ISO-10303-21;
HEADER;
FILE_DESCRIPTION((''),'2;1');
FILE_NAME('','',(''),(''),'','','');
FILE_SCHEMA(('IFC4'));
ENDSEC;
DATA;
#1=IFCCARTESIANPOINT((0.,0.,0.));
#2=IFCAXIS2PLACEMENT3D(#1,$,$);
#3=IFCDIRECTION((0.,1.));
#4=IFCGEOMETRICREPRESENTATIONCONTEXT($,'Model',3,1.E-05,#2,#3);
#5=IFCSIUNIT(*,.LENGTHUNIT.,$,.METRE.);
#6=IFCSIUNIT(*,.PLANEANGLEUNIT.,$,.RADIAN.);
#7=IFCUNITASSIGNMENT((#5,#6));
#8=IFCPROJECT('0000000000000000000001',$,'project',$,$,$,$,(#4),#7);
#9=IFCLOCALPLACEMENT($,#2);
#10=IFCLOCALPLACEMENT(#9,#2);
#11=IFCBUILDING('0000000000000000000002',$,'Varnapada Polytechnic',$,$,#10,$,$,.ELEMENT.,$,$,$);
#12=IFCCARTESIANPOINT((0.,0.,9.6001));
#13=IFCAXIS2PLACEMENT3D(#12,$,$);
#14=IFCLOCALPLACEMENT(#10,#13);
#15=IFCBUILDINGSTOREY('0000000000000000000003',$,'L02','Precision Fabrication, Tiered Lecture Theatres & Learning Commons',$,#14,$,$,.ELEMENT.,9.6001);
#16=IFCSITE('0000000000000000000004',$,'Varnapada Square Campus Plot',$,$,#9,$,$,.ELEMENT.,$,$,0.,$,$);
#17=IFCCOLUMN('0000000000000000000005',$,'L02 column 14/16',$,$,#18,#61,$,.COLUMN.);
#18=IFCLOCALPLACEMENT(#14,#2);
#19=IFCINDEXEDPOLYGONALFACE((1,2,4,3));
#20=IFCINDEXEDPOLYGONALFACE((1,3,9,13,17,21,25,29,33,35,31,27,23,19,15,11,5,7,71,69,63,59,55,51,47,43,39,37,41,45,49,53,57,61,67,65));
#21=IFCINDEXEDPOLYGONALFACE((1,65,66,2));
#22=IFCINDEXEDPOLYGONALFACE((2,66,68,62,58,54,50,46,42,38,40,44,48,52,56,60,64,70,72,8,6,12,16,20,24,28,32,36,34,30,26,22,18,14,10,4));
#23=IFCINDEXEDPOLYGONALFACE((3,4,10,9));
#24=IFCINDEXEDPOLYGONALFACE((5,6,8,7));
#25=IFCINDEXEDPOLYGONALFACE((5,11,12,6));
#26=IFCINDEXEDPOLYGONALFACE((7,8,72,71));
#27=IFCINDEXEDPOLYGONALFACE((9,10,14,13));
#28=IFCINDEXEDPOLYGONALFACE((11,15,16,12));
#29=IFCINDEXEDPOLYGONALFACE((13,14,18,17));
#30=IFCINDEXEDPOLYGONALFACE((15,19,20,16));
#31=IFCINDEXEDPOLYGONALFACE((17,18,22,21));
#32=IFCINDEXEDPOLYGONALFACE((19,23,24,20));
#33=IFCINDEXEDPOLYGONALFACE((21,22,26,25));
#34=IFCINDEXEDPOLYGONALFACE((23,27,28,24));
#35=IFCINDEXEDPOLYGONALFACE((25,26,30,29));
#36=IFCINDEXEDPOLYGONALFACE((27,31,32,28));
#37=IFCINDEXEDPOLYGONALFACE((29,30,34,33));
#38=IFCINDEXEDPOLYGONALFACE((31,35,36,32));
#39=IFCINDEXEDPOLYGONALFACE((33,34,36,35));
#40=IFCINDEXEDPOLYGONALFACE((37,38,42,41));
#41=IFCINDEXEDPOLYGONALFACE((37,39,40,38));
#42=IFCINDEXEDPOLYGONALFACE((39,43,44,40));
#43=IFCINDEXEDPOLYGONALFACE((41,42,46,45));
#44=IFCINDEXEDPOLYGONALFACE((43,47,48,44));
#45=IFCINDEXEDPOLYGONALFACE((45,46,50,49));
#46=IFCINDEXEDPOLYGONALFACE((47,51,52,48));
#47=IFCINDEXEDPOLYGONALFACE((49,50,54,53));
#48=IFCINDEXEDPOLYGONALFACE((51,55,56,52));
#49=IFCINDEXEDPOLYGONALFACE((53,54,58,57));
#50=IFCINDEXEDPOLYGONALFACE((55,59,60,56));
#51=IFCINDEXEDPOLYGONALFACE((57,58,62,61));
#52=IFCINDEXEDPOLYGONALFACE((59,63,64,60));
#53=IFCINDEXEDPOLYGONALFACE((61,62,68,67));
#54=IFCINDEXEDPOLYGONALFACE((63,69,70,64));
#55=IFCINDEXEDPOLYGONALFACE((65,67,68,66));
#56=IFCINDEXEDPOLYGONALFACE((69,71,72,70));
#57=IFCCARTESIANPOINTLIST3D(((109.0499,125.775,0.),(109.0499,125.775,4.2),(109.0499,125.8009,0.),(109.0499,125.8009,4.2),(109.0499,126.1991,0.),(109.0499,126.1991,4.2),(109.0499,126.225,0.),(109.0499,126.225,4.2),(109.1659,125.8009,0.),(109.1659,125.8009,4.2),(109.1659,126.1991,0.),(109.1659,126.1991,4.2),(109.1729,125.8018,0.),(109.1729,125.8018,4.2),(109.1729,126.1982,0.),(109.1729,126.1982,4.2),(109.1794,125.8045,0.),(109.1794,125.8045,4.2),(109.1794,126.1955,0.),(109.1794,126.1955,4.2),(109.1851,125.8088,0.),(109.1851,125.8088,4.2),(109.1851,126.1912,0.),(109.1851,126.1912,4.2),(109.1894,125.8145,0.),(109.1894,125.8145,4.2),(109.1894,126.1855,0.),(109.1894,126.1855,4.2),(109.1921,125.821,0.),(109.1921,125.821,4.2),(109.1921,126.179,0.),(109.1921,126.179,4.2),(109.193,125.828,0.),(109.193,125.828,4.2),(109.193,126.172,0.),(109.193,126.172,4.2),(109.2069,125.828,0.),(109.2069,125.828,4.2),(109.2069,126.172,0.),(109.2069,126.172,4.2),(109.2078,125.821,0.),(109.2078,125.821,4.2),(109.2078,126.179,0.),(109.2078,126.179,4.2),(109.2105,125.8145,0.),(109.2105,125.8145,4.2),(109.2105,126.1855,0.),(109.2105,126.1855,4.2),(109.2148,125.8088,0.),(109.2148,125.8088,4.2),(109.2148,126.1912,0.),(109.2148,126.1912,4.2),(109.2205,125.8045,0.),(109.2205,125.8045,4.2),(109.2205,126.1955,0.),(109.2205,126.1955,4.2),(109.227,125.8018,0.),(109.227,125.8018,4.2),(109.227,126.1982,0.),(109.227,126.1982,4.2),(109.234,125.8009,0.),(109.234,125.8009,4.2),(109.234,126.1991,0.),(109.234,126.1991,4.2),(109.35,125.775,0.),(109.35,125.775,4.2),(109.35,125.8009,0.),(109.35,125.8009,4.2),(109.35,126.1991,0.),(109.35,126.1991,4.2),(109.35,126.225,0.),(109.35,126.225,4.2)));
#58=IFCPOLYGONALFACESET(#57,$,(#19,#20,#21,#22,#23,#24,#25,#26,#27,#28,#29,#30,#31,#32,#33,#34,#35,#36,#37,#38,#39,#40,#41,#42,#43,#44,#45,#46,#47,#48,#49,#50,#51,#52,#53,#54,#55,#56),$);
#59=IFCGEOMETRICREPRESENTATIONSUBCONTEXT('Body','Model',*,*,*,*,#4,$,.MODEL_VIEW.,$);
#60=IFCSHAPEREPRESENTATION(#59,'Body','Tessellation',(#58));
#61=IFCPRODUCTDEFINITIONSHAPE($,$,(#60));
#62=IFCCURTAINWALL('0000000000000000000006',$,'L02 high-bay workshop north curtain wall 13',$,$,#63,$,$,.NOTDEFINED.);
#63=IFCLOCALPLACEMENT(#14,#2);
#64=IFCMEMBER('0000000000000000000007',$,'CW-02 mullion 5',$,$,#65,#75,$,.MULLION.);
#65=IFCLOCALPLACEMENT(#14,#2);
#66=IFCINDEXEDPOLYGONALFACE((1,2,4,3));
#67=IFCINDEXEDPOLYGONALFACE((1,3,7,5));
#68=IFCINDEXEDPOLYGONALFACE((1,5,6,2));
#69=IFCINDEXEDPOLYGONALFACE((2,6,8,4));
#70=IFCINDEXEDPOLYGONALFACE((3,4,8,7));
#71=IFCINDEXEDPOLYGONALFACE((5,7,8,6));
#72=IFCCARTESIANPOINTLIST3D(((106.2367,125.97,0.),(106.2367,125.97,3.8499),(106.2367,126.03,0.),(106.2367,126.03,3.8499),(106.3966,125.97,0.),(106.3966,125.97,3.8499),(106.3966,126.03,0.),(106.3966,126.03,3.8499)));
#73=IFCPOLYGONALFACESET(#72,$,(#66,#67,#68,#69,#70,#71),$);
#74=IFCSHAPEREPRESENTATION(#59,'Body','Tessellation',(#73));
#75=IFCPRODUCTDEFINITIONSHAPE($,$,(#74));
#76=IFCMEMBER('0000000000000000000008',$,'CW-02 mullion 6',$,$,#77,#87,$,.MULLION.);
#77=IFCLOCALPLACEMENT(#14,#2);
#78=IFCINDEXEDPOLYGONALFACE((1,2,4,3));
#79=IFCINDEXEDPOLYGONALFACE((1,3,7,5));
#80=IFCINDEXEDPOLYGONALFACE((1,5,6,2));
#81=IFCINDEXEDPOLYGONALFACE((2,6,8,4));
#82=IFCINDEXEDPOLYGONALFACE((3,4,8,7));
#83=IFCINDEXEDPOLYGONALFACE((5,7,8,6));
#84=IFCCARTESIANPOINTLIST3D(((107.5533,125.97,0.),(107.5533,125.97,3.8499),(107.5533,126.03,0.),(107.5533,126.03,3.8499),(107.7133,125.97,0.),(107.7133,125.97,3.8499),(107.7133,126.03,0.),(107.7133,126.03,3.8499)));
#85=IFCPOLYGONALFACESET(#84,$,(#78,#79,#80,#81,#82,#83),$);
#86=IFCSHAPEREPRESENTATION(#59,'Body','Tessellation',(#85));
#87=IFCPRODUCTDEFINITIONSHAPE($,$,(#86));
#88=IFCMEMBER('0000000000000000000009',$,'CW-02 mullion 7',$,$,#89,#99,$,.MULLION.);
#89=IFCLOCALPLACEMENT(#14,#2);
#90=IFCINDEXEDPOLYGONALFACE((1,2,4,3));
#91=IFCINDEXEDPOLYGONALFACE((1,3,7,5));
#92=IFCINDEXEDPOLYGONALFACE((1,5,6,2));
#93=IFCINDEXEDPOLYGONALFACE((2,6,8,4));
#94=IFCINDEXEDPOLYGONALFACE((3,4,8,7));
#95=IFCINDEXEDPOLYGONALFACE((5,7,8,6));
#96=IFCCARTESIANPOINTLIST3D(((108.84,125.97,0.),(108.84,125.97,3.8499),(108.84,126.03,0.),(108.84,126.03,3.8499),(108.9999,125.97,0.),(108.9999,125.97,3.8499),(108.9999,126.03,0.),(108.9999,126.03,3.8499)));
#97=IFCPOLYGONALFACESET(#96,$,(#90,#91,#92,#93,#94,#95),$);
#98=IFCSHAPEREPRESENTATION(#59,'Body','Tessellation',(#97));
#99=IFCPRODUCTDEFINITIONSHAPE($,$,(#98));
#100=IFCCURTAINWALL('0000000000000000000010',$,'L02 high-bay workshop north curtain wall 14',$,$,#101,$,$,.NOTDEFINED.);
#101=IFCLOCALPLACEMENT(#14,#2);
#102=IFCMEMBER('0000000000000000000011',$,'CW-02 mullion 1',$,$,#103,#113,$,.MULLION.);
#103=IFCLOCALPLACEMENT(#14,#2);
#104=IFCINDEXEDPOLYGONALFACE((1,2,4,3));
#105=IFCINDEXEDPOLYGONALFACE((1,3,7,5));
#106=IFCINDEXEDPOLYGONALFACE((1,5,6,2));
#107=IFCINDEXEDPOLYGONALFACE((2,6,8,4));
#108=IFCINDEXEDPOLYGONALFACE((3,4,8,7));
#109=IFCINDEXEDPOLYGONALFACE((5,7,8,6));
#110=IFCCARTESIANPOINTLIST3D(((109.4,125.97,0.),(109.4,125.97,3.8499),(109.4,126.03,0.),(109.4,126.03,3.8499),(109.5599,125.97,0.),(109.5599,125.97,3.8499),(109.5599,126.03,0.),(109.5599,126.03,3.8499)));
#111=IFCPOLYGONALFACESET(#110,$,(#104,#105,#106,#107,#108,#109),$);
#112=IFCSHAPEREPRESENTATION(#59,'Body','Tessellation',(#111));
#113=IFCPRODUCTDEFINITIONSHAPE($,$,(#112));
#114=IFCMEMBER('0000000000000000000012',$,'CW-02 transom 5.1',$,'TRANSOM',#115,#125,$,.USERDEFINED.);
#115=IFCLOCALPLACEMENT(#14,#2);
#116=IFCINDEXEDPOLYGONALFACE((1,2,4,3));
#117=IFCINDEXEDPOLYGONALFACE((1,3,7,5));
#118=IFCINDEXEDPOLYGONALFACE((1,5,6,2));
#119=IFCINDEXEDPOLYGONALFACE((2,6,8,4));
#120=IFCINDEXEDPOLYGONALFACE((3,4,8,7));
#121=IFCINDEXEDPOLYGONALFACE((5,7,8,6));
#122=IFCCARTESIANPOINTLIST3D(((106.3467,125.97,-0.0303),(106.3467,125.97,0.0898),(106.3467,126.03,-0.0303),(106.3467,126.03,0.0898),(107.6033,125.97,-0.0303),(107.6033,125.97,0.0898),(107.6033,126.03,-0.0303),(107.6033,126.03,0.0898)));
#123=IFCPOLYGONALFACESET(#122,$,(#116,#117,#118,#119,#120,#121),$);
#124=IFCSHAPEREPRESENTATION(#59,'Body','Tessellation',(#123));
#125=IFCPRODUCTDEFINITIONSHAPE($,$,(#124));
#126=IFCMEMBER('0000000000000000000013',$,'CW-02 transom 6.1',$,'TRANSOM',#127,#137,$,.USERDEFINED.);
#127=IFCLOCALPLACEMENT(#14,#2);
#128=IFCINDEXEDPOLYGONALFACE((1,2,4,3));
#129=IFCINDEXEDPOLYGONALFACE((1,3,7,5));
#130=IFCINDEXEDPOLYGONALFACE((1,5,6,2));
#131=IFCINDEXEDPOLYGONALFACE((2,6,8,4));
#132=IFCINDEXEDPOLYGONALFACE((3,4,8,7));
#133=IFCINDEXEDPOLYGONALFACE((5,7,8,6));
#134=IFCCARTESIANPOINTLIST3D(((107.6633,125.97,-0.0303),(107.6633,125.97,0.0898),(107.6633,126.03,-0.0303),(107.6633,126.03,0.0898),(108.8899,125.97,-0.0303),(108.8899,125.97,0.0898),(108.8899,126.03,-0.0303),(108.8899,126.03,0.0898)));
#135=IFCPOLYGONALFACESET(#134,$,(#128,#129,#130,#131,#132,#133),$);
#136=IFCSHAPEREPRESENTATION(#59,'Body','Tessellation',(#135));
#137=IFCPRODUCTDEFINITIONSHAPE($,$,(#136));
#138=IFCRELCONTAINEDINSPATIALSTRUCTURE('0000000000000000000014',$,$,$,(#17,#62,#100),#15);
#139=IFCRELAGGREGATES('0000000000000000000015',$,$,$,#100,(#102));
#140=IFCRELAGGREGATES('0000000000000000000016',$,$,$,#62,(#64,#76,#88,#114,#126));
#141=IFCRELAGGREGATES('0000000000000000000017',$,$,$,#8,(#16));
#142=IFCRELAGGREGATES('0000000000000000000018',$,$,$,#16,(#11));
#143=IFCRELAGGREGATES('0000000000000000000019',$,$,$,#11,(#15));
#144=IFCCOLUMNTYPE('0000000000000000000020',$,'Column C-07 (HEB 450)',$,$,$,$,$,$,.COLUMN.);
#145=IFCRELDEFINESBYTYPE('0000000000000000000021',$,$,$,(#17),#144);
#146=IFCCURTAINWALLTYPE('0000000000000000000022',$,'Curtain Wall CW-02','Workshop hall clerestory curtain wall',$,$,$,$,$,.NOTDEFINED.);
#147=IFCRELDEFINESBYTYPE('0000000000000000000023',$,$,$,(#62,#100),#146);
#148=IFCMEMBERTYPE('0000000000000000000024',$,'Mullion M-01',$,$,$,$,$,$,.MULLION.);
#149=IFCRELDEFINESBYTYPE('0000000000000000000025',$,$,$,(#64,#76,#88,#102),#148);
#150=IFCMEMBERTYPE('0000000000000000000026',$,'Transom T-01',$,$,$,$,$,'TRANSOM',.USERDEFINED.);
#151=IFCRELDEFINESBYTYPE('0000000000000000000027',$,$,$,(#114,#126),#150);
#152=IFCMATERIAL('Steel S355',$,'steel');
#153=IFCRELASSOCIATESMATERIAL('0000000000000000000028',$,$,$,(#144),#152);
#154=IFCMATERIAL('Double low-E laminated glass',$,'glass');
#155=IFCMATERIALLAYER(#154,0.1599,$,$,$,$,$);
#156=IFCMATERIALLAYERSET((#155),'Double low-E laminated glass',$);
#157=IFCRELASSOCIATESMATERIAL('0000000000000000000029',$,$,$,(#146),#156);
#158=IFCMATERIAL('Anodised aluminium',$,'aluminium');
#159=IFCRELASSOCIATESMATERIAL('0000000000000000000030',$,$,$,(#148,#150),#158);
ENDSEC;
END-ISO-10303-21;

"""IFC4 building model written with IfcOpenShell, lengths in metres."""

from ifc_helpers import new_model, si_unit, direction, frame, origin, origin_2d, place, context, subcontext, project, spatial, rectangle, i_section, extrude, material, layer, layer_set, material_profile, profile_set, type_object, element, aggregate, save


model = new_model("IFC4")

# Units and contexts
model_context = context("Model", 3, precision=1e-05, world=origin(), true_north=direction((0.0, 1.0)))
body_context = subcontext(model_context, "Body", "Model", "MODEL_VIEW")
ifc_project = project(units=[si_unit("LENGTHUNIT", "METRE"), si_unit("PLANEANGLEUNIT", "RADIAN")], contexts=[model_context])

# Site, building, storey
site_placement = place(None, origin())
site = spatial("IfcSite", under=ifc_project, at=site_placement, Name="Varnapada Square Campus Plot", CompositionType="ELEMENT", RefElevation=0.0)
building_placement = place(site_placement, origin())
building = spatial("IfcBuilding", under=site, at=building_placement, Name="Varnapada Polytechnic", CompositionType="ELEMENT")
storey_placement = place(building_placement, frame((0.0, 0.0, 9.6001)))
storey = spatial("IfcBuildingStorey", under=building, at=storey_placement, Name="L02", Description="Precision Fabrication, Tiered Lecture Theatres & Learning Commons", CompositionType="ELEMENT", Elevation=9.6001)

# Column
ifc_material_1 = material(Name="Steel S355", Category="steel")
ifc_material_profile_1 = material_profile(ifc_material_1, i_section(OverallWidth=0.3, OverallDepth=0.45, WebThickness=0.0139, FlangeThickness=0.0259, FilletRadius=0.0271, at=origin_2d()), Name="HEB 450")
ifc_profile_set_1 = profile_set([ifc_material_profile_1], Name="Steel S355")
column_type = type_object("IfcColumnType", Name="Column C-07 (HEB 450)", PredefinedType="COLUMN", material=ifc_profile_set_1)
column_placement = place(storey_placement, frame((109.2, 126.0, 0.0), z_axis=(0.0, 0.0, 1.0), x_axis=(1.0, 0.0, 0.0)))
element("IfcColumn", 1, at=column_placement, inside=storey, type_object=column_type, Name="L02 column 14/16", PredefinedType="COLUMN", context=body_context, shape_type="SweptSolid", body=[
    extrude(i_section(OverallWidth=0.3, OverallDepth=0.45, WebThickness=0.0139, FlangeThickness=0.0259, FilletRadius=0.0271, at=origin_2d()), origin(), (0.0, 0.0, 1.0), 4.2),
])

# Curtain wall, members
ifc_material_2 = material(Name="Double low-E laminated glass", Category="glass")
ifc_layer_1 = layer(ifc_material_2, 0.1599)
ifc_layer_set_1 = layer_set([ifc_layer_1], Name="Double low-E laminated glass")
curtain_wall_type = type_object("IfcCurtainWallType", Name="Curtain Wall CW-02", Description="Workshop hall clerestory curtain wall", PredefinedType="NOTDEFINED", material=ifc_layer_set_1)
curtain_wall_1_placement = place(storey_placement, origin())
curtain_wall_1 = element("IfcCurtainWall", 2, at=curtain_wall_1_placement, inside=storey, type_object=curtain_wall_type, Name="L02 high-bay workshop north curtain wall 13", PredefinedType="NOTDEFINED")
ifc_material_3 = material(Name="Anodised aluminium", Category="aluminium")
ifc_material_profile_2 = material_profile(ifc_material_3, rectangle(XDim=0.0601, YDim=0.1599, at=origin_2d()), Name="ALU M60x160")
ifc_profile_set_2 = profile_set([ifc_material_profile_2], Name="Anodised aluminium")
member_type_1 = type_object("IfcMemberType", Name="Mullion M-01", PredefinedType="MULLION", material=ifc_profile_set_2)
member_1_placement = place(storey_placement, frame((106.3167, 126.0, 0.0), z_axis=(0.0, 0.0, 1.0), x_axis=(0.0, 1.0, 0.0)))
member_1 = element("IfcMember", 3, at=member_1_placement, type_object=member_type_1, Name="CW-02 mullion 5", PredefinedType="MULLION", context=body_context, shape_type="SweptSolid", body=[
    extrude(rectangle(XDim=0.0601, YDim=0.1599, at=origin_2d()), origin(), (0.0, 0.0, 1.0), 3.8499),
])
member_2_placement = place(storey_placement, frame((107.6333, 126.0, 0.0), z_axis=(0.0, 0.0, 1.0), x_axis=(0.0, 1.0, 0.0)))
member_2 = element("IfcMember", 4, at=member_2_placement, type_object=member_type_1, Name="CW-02 mullion 6", PredefinedType="MULLION", context=body_context, shape_type="SweptSolid", body=[
    extrude(rectangle(XDim=0.0601, YDim=0.1599, at=origin_2d()), origin(), (0.0, 0.0, 1.0), 3.8499),
])
member_3_placement = place(storey_placement, frame((108.9199, 126.0, 0.0), z_axis=(0.0, 0.0, 1.0), x_axis=(0.0, 1.0, 0.0)))
member_3 = element("IfcMember", 5, at=member_3_placement, type_object=member_type_1, Name="CW-02 mullion 7", PredefinedType="MULLION", context=body_context, shape_type="SweptSolid", body=[
    extrude(rectangle(XDim=0.0601, YDim=0.1599, at=origin_2d()), origin(), (0.0, 0.0, 1.0), 3.8499),
])

# Curtain wall, member
curtain_wall_2_placement = place(storey_placement, origin())
curtain_wall_2 = element("IfcCurtainWall", 6, at=curtain_wall_2_placement, inside=storey, type_object=curtain_wall_type, Name="L02 high-bay workshop north curtain wall 14", PredefinedType="NOTDEFINED")
member_4_placement = place(storey_placement, frame((109.48, 126.0, 0.0), z_axis=(0.0, 0.0, 1.0), x_axis=(0.0, 1.0, 0.0)))
member_4 = element("IfcMember", 7, at=member_4_placement, type_object=member_type_1, Name="CW-02 mullion 1", PredefinedType="MULLION", context=body_context, shape_type="SweptSolid", body=[
    extrude(rectangle(XDim=0.0601, YDim=0.1599, at=origin_2d()), origin(), (0.0, 0.0, 1.0), 3.8499),
])
aggregate(curtain_wall_2, [member_4])

# Members
ifc_material_profile_3 = material_profile(ifc_material_3, rectangle(XDim=0.0601, YDim=0.1201, at=origin_2d()), Name="ALU T60x120")
ifc_profile_set_3 = profile_set([ifc_material_profile_3], Name="Anodised aluminium")
member_type_2 = type_object("IfcMemberType", Name="Transom T-01", ElementType="TRANSOM", PredefinedType="USERDEFINED", material=ifc_profile_set_3)
member_5_placement = place(storey_placement, frame((106.3467, 126.0, 0.0298), z_axis=(1.0, 0.0, 0.0), x_axis=(0.0, 1.0, 0.0)))
member_5 = element("IfcMember", 8, at=member_5_placement, type_object=member_type_2, Name="CW-02 transom 5.1", ObjectType="TRANSOM", PredefinedType="USERDEFINED", context=body_context, shape_type="SweptSolid", body=[
    extrude(rectangle(XDim=0.0601, YDim=0.1201, at=origin_2d()), origin(), (0.0, 0.0, 1.0), 1.2566),
])
member_6_placement = place(storey_placement, frame((107.6633, 126.0, 0.0298), z_axis=(1.0, 0.0, 0.0), x_axis=(0.0, 1.0, 0.0)))
member_6 = element("IfcMember", 9, at=member_6_placement, type_object=member_type_2, Name="CW-02 transom 6.1", ObjectType="TRANSOM", PredefinedType="USERDEFINED", context=body_context, shape_type="SweptSolid", body=[
    extrude(rectangle(XDim=0.0601, YDim=0.1201, at=origin_2d()), origin(), (0.0, 0.0, 1.0), 1.2266),
])
aggregate(curtain_wall_1, [member_1, member_2, member_3, member_5, member_6])

save(model, "model.ifc")
